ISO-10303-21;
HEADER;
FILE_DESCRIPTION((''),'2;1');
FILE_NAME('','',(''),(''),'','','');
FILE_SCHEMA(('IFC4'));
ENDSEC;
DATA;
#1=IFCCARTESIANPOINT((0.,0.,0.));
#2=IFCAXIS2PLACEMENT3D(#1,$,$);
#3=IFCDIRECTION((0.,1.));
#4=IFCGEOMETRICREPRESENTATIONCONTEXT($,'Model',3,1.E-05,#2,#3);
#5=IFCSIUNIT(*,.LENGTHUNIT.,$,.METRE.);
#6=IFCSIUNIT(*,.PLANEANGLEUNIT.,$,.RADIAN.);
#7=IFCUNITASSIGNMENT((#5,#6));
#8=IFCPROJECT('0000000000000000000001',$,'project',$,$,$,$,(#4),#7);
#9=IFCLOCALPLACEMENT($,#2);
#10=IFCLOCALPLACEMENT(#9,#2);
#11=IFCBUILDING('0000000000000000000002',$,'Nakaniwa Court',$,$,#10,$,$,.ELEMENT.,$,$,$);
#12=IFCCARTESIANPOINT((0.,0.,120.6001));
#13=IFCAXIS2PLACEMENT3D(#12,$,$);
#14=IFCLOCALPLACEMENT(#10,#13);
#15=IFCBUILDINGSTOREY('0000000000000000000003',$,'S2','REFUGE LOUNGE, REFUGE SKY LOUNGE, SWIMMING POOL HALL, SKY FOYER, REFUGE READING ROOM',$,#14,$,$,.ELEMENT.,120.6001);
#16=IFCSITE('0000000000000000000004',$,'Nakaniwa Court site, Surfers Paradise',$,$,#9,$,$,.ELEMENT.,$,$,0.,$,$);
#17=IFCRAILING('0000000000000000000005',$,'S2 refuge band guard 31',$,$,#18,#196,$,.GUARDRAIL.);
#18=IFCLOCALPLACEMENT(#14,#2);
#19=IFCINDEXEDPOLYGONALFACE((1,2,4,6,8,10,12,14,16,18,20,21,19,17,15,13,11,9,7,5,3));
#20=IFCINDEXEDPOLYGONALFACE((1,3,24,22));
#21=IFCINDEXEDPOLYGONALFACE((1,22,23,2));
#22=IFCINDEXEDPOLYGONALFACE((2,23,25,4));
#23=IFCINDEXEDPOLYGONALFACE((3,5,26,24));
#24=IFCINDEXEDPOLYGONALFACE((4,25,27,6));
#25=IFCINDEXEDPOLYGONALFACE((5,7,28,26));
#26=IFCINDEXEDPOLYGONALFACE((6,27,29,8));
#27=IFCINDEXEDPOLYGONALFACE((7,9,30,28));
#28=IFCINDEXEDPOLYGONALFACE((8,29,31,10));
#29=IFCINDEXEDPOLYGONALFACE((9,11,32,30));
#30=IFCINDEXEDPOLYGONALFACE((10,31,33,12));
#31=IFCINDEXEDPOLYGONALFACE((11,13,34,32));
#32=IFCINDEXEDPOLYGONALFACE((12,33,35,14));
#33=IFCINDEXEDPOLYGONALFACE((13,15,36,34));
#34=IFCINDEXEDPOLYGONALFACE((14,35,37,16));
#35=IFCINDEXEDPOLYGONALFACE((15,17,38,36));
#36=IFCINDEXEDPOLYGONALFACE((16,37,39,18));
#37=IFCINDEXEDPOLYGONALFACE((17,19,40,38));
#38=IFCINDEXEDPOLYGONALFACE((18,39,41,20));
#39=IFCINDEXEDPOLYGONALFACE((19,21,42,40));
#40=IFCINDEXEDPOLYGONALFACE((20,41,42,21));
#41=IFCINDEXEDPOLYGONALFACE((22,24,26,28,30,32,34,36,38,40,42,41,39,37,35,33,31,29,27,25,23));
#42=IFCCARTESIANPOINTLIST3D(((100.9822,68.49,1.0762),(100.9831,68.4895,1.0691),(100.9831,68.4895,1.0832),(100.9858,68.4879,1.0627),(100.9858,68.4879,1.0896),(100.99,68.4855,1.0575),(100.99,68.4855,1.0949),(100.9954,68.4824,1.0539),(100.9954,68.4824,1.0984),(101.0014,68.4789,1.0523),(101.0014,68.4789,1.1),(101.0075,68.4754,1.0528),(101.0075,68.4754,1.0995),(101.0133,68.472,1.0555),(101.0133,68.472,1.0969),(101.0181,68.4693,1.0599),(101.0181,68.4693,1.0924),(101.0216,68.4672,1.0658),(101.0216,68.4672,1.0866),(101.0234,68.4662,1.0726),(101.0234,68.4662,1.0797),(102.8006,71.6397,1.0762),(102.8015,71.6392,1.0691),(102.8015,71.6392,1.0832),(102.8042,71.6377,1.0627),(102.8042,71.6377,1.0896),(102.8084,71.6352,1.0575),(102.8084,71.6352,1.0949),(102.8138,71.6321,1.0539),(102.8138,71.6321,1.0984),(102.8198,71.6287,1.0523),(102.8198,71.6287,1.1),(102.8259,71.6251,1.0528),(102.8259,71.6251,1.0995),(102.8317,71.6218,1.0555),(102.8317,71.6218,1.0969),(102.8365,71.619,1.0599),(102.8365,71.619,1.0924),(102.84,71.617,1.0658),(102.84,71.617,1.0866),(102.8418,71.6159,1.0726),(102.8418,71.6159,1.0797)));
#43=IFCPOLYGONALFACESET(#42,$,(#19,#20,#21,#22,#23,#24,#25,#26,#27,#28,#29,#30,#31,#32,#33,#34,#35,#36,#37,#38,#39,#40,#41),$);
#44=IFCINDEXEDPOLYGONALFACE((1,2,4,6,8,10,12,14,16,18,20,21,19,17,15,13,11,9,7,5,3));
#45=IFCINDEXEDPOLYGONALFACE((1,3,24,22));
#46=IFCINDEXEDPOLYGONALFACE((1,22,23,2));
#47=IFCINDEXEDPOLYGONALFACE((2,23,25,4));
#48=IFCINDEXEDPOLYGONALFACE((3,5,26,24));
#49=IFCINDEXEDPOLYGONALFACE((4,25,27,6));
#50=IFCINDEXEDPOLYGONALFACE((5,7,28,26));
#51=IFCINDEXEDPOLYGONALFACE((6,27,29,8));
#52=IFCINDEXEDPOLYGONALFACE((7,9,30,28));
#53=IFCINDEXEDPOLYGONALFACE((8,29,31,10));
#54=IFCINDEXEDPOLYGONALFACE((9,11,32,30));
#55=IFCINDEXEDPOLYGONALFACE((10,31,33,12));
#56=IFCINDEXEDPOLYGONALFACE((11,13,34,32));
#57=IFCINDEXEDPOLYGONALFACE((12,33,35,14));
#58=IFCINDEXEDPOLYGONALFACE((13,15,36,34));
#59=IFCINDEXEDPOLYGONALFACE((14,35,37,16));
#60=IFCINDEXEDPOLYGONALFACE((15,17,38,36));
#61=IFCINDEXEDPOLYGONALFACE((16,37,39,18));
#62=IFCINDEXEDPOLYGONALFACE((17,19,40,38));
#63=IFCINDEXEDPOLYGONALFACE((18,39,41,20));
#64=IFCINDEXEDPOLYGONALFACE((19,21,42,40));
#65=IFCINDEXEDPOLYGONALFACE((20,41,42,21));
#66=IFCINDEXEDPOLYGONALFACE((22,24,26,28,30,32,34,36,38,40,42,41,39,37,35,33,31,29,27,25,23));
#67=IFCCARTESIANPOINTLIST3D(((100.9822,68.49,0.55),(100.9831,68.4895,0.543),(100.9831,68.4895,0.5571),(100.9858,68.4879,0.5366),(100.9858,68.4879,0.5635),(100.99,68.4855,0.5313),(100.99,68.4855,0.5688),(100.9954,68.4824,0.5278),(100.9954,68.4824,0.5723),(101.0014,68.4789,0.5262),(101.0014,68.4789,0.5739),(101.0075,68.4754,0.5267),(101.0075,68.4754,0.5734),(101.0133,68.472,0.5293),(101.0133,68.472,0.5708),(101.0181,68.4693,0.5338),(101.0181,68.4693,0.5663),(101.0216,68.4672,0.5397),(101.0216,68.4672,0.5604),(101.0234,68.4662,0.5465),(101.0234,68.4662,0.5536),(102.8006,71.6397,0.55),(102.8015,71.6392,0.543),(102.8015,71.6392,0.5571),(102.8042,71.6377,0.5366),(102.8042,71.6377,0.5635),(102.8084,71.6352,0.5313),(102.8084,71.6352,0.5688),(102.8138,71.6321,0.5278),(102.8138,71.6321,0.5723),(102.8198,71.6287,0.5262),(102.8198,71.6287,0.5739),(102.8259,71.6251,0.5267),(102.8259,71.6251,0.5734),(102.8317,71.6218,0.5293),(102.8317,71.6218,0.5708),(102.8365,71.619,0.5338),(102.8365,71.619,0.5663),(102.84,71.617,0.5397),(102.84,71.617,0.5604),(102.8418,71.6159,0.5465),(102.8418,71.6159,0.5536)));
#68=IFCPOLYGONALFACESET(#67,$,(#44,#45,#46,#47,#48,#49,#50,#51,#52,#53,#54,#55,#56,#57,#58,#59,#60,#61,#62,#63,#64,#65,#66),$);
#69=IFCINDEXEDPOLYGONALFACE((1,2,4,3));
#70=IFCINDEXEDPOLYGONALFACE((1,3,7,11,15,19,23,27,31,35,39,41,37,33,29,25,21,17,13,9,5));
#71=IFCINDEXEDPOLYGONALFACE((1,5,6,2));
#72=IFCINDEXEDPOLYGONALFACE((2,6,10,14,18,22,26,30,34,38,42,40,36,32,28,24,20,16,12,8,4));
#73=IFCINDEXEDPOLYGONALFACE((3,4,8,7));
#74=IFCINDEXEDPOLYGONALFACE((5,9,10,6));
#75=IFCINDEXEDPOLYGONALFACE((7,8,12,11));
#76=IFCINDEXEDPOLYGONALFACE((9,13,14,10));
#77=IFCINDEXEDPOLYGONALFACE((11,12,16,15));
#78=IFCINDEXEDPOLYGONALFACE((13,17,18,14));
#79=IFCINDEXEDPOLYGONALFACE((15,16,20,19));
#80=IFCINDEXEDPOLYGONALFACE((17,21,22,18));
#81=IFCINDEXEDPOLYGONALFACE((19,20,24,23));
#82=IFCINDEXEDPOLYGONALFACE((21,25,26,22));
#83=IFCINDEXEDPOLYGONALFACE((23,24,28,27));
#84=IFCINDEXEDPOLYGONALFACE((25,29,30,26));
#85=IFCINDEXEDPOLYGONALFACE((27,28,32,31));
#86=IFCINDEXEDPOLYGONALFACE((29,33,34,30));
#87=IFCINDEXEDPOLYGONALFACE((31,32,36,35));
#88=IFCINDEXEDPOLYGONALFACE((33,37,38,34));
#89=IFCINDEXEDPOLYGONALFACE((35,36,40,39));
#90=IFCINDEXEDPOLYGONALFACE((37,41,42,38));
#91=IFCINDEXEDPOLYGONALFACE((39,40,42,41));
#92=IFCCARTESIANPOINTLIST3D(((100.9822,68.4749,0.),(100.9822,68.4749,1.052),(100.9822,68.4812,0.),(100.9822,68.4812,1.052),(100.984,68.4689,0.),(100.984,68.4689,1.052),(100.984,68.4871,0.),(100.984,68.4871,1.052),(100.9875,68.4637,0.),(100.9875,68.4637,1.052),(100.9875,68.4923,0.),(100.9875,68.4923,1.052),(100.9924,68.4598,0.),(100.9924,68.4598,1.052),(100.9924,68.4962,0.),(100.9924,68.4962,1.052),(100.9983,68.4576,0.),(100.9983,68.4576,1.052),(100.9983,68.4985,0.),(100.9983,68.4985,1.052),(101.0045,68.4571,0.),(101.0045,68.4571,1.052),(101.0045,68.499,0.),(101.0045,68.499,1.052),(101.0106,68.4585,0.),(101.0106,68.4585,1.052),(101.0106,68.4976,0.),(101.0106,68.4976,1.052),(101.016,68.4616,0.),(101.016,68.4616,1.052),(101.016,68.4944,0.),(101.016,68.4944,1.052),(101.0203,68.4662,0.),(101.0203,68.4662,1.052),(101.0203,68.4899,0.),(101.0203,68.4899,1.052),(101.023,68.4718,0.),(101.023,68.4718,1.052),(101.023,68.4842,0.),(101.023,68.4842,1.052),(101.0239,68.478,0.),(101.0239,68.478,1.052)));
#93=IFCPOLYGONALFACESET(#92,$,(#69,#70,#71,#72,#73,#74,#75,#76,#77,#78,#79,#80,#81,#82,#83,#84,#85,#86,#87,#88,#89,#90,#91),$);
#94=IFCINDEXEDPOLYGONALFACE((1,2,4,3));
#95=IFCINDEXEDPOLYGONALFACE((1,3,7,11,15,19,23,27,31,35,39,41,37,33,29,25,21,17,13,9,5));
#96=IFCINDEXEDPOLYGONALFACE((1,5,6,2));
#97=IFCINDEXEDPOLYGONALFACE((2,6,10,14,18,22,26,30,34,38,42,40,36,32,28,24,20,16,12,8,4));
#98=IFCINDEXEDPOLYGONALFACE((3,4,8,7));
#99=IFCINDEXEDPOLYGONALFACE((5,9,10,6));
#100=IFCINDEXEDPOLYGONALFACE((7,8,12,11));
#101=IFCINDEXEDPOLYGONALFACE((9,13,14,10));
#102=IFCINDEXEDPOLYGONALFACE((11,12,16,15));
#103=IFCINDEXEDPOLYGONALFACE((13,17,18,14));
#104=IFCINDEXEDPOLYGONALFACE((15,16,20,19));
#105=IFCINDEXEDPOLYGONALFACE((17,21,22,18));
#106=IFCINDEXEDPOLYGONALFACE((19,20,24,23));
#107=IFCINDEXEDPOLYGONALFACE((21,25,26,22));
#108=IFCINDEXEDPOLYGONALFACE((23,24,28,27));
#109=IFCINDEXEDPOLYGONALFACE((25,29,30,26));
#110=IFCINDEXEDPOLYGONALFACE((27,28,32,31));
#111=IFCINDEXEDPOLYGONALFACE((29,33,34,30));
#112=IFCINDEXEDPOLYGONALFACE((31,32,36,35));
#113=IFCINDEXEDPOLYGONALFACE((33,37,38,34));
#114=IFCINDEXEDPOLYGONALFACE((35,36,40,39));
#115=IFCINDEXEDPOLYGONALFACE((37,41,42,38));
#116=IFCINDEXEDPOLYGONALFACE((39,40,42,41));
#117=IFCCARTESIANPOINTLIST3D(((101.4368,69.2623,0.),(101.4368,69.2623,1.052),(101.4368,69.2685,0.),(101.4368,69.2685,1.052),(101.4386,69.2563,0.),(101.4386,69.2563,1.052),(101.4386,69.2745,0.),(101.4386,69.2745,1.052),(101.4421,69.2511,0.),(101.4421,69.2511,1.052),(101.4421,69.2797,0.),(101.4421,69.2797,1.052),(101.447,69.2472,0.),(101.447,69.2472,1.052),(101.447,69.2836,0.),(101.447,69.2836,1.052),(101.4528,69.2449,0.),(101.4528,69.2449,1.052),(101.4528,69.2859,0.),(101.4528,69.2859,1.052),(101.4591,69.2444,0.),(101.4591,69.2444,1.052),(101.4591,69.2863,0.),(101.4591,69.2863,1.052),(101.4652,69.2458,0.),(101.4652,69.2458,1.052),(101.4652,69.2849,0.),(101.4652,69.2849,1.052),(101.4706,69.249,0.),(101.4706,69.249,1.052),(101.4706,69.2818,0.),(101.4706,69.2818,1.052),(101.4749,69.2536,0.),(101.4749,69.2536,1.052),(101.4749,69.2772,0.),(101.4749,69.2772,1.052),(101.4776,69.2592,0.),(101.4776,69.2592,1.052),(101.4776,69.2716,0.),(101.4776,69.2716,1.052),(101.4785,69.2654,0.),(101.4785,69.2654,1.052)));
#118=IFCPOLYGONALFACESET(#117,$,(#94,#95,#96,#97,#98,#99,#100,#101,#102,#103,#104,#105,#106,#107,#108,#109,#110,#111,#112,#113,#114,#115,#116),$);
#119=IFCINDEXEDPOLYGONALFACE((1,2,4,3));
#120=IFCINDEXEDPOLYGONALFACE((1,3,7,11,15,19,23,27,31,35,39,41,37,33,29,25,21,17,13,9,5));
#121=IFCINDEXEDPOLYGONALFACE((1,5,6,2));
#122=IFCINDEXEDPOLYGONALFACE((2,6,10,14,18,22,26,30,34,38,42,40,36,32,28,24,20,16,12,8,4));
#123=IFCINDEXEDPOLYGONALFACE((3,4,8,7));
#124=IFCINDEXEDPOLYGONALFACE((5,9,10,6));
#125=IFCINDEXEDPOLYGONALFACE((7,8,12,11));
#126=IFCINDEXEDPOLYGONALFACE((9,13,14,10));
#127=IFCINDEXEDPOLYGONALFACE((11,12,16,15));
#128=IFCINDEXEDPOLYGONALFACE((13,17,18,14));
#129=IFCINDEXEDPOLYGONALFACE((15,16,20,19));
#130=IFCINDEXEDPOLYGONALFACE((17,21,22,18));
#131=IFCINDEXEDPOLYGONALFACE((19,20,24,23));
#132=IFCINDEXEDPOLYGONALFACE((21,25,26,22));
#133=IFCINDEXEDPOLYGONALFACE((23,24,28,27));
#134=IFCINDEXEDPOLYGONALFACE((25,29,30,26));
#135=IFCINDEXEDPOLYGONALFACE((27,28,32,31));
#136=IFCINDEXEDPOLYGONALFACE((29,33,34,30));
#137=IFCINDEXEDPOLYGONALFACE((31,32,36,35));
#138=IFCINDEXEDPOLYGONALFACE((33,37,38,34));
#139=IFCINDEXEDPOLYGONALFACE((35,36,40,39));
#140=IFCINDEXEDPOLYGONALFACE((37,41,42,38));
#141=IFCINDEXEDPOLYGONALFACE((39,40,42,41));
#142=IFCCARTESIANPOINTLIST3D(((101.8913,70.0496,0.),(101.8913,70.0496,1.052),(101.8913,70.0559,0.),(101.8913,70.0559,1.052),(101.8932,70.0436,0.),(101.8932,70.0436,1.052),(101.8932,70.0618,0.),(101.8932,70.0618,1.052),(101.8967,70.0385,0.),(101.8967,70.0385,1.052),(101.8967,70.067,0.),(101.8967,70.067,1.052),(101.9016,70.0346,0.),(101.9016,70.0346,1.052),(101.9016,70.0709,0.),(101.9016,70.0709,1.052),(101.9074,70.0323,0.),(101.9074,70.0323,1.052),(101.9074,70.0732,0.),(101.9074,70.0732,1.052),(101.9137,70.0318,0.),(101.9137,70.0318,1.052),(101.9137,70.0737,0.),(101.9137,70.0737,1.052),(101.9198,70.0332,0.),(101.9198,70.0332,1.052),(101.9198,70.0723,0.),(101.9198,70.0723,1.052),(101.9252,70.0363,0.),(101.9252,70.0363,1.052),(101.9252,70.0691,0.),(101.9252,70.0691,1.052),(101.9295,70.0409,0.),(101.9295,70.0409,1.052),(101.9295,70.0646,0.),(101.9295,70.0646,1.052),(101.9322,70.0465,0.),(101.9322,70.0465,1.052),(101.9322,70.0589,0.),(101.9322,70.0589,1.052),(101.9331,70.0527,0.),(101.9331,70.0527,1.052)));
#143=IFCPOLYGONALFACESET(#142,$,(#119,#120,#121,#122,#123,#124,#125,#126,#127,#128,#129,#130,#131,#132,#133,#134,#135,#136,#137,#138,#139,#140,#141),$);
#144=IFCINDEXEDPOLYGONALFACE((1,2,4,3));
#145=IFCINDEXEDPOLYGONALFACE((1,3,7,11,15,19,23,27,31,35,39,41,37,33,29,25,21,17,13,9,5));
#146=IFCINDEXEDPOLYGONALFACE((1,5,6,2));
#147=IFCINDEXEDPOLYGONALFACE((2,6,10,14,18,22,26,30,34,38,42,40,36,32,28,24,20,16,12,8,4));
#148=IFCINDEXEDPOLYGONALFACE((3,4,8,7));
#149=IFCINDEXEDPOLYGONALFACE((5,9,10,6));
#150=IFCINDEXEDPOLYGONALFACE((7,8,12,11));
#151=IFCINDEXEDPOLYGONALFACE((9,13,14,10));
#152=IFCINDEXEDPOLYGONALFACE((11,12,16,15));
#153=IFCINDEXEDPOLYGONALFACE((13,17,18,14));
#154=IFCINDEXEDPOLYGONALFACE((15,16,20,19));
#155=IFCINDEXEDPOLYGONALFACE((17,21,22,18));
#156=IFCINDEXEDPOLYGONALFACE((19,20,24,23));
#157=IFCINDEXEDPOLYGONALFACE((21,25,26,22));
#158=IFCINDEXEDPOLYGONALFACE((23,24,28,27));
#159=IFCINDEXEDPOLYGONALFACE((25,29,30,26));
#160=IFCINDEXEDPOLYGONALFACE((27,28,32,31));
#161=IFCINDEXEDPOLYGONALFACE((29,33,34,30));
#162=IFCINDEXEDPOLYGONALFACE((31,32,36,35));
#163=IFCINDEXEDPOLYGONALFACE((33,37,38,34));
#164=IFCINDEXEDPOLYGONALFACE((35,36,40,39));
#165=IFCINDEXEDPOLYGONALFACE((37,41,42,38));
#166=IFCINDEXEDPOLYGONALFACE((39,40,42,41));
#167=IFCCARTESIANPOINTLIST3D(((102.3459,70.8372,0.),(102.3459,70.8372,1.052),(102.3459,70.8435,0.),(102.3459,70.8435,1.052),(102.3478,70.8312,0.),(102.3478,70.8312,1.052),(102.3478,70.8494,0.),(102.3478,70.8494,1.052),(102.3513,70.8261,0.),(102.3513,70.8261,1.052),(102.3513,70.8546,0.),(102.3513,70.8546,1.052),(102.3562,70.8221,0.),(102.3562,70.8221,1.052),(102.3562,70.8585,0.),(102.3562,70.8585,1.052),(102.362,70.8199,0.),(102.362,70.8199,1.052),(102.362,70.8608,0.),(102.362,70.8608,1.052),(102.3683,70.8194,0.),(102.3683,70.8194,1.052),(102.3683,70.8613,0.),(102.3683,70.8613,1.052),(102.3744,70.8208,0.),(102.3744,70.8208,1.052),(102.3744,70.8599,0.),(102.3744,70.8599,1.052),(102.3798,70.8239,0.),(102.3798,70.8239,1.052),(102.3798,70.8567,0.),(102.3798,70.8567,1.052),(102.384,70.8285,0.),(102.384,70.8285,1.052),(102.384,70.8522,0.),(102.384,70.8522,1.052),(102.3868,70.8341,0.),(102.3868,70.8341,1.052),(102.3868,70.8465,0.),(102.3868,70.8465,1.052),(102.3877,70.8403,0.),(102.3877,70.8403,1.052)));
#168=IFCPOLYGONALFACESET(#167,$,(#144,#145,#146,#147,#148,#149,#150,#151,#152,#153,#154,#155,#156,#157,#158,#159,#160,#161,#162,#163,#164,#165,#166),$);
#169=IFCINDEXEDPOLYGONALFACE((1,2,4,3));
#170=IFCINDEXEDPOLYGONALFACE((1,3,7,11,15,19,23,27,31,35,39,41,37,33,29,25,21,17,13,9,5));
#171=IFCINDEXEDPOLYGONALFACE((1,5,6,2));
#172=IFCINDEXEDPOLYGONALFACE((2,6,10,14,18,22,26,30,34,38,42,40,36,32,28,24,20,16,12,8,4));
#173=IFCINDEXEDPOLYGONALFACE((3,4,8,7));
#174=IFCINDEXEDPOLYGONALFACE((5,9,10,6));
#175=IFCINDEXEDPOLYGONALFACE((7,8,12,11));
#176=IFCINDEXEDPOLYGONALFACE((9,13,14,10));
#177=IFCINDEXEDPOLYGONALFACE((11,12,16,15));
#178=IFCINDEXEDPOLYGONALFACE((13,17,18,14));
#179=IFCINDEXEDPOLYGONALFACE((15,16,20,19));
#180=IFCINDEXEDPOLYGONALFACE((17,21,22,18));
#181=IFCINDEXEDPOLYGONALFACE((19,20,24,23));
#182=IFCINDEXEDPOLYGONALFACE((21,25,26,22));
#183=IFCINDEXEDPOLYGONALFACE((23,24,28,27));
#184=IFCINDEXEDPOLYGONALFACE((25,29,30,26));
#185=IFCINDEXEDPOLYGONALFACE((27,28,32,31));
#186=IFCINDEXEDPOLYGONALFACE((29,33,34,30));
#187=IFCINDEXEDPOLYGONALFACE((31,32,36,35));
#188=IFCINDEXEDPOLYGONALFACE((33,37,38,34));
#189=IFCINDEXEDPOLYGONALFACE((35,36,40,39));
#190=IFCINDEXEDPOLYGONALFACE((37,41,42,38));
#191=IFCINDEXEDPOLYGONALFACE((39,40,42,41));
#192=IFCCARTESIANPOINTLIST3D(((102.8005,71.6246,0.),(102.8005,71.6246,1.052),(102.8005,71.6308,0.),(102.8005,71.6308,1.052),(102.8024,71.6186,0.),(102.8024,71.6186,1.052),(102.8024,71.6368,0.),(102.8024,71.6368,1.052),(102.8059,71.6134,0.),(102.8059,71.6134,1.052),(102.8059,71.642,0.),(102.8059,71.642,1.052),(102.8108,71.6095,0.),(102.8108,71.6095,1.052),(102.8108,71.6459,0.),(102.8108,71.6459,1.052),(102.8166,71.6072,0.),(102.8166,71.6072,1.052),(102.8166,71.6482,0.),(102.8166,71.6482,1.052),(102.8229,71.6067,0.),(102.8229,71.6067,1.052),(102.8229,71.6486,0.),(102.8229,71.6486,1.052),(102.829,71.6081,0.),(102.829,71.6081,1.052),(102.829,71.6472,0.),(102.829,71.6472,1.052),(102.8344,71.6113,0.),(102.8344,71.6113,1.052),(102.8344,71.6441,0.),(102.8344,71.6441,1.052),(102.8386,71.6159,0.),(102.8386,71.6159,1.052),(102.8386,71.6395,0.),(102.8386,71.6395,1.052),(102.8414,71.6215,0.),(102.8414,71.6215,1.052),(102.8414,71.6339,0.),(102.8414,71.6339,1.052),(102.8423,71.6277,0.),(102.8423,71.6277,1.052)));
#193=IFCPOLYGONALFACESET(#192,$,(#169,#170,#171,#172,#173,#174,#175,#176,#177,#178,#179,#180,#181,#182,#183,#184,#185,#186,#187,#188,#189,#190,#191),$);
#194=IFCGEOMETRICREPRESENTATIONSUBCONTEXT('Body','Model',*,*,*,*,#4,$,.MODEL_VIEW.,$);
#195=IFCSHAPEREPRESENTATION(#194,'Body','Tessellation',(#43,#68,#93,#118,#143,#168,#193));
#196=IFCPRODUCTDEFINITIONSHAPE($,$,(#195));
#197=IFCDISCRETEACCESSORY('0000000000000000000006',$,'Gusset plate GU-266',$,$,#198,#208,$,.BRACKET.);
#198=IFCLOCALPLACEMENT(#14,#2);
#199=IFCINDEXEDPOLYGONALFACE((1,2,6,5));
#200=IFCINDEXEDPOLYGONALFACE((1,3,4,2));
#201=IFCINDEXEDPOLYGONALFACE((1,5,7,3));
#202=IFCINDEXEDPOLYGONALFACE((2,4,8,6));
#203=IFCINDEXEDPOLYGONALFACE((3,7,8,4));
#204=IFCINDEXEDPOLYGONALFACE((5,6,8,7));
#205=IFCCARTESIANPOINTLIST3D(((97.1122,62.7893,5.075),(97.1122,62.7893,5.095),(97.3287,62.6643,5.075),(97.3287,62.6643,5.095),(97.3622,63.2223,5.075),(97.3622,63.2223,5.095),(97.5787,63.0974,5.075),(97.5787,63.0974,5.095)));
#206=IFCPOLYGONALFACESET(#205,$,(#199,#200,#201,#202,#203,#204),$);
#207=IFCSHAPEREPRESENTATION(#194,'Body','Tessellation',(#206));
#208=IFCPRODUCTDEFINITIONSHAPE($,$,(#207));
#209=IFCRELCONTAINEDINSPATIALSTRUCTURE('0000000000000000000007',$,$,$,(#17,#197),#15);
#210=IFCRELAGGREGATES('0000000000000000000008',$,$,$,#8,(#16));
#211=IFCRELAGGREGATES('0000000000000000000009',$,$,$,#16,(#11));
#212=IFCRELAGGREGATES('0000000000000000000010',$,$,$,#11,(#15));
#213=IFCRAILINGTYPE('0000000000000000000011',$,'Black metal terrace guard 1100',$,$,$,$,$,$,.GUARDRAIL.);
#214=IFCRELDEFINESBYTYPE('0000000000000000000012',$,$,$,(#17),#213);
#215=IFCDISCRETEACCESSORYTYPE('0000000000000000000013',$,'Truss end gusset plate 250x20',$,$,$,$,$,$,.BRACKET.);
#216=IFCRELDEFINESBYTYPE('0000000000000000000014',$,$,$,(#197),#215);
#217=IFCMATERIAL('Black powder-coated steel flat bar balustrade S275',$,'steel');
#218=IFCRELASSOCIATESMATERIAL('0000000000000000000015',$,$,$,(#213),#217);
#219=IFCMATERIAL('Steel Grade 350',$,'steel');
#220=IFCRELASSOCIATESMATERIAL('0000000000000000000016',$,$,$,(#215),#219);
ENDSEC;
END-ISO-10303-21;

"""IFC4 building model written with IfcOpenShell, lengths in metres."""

from ifc_helpers import new_model, si_unit, direction, frame, origin, origin_2d, place, context, subcontext, project, spatial, rectangle, circle, extrude, material, material_profile, profile_set, type_object, element, save


model = new_model("IFC4")

# Units and contexts
model_context = context("Model", 3, precision=1e-05, world=origin(), true_north=direction((0.0, 1.0)))
body_context = subcontext(model_context, "Body", "Model", "MODEL_VIEW")
ifc_project = project(units=[si_unit("LENGTHUNIT", "METRE"), si_unit("PLANEANGLEUNIT", "RADIAN")], contexts=[model_context])

# Site, building, storey
site_placement = place(None, origin())
site = spatial("IfcSite", under=ifc_project, at=site_placement, Name="Nakaniwa Court site, Surfers Paradise", CompositionType="ELEMENT", RefElevation=0.0)
building_placement = place(site_placement, origin())
building = spatial("IfcBuilding", under=site, at=building_placement, Name="Nakaniwa Court", CompositionType="ELEMENT")
storey_placement = place(building_placement, frame((0.0, 0.0, 120.6001)))
storey = spatial("IfcBuildingStorey", under=building, at=storey_placement, Name="S2", Description="REFUGE LOUNGE, REFUGE SKY LOUNGE, SWIMMING POOL HALL, SKY FOYER, REFUGE READING ROOM", CompositionType="ELEMENT", Elevation=120.6001)

# Shared definitions
ifc_material_1 = material(Name="Steel Grade 350", Category="steel")

# Railing
ifc_material_2 = material(Name="Black powder-coated steel flat bar balustrade S275", Category="steel")
railing_type = type_object("IfcRailingType", Name="Black metal terrace guard 1100", PredefinedType="GUARDRAIL", material=ifc_material_2)
railing_1_placement = place(storey_placement, frame((101.0029, 68.478, 0.0)))
element("IfcRailing", 1, at=railing_1_placement, inside=storey, type_object=railing_type, Name="S2 refuge band guard 31", PredefinedType="GUARDRAIL", context=body_context, shape_type="SweptSolid", body=[
    extrude(circle(Radius=0.0239, at=origin_2d()), frame((0.0, 0.0, 1.0762), z_axis=(0.49998, 0.866037, 0.0), x_axis=(-0.866037, 0.49998, 0.0)), (0.0, 0.0, 1.0), 3.637),
    extrude(circle(Radius=0.0239, at=origin_2d()), frame((0.0, 0.0, 0.55), z_axis=(0.49998, 0.866037, 0.0), x_axis=(-0.866037, 0.49998, 0.0)), (0.0, 0.0, 1.0), 3.637),
    extrude(circle(Radius=0.021, at=origin_2d()), origin(), (0.0, 0.0, 1.0), 1.052),
    extrude(circle(Radius=0.021, at=origin_2d()), frame((0.4546, 0.7874, 0.0)), (0.0, 0.0, 1.0), 1.052),
    extrude(circle(Radius=0.021, at=origin_2d()), frame((0.9092, 1.5747, 0.0)), (0.0, 0.0, 1.0), 1.052),
    extrude(circle(Radius=0.021, at=origin_2d()), frame((1.3638, 2.3623, 0.0)), (0.0, 0.0, 1.0), 1.052),
    extrude(circle(Radius=0.021, at=origin_2d()), frame((1.8184, 3.1497, 0.0)), (0.0, 0.0, 1.0), 1.052),
])

# Discrete accessory
ifc_material_profile_1 = material_profile(ifc_material_1, rectangle(XDim=0.25, YDim=0.02, at=origin_2d()), Name="Truss end gusset plate 250x20")
ifc_profile_set_1 = profile_set([ifc_material_profile_1], Name="Steel Grade 350")
discrete_accessory_type = type_object("IfcDiscreteAccessoryType", Name="Truss end gusset plate 250x20", PredefinedType="BRACKET", material=ifc_profile_set_1)
discrete_accessory_1_placement = place(storey_placement, frame((97.2205, 62.7268, 5.085), z_axis=(0.49992, 0.866072, 0.0), x_axis=(-0.866072, 0.49992, 0.0)))
element("IfcDiscreteAccessory", 2, at=discrete_accessory_1_placement, inside=storey, type_object=discrete_accessory_type, Name="Gusset plate GU-266", PredefinedType="BRACKET", context=body_context, shape_type="SweptSolid", body=[
    extrude(rectangle(XDim=0.25, YDim=0.02, at=origin_2d()), origin(), (0.0, 0.0, 1.0), 0.5),
])

save(model, "model.ifc")
